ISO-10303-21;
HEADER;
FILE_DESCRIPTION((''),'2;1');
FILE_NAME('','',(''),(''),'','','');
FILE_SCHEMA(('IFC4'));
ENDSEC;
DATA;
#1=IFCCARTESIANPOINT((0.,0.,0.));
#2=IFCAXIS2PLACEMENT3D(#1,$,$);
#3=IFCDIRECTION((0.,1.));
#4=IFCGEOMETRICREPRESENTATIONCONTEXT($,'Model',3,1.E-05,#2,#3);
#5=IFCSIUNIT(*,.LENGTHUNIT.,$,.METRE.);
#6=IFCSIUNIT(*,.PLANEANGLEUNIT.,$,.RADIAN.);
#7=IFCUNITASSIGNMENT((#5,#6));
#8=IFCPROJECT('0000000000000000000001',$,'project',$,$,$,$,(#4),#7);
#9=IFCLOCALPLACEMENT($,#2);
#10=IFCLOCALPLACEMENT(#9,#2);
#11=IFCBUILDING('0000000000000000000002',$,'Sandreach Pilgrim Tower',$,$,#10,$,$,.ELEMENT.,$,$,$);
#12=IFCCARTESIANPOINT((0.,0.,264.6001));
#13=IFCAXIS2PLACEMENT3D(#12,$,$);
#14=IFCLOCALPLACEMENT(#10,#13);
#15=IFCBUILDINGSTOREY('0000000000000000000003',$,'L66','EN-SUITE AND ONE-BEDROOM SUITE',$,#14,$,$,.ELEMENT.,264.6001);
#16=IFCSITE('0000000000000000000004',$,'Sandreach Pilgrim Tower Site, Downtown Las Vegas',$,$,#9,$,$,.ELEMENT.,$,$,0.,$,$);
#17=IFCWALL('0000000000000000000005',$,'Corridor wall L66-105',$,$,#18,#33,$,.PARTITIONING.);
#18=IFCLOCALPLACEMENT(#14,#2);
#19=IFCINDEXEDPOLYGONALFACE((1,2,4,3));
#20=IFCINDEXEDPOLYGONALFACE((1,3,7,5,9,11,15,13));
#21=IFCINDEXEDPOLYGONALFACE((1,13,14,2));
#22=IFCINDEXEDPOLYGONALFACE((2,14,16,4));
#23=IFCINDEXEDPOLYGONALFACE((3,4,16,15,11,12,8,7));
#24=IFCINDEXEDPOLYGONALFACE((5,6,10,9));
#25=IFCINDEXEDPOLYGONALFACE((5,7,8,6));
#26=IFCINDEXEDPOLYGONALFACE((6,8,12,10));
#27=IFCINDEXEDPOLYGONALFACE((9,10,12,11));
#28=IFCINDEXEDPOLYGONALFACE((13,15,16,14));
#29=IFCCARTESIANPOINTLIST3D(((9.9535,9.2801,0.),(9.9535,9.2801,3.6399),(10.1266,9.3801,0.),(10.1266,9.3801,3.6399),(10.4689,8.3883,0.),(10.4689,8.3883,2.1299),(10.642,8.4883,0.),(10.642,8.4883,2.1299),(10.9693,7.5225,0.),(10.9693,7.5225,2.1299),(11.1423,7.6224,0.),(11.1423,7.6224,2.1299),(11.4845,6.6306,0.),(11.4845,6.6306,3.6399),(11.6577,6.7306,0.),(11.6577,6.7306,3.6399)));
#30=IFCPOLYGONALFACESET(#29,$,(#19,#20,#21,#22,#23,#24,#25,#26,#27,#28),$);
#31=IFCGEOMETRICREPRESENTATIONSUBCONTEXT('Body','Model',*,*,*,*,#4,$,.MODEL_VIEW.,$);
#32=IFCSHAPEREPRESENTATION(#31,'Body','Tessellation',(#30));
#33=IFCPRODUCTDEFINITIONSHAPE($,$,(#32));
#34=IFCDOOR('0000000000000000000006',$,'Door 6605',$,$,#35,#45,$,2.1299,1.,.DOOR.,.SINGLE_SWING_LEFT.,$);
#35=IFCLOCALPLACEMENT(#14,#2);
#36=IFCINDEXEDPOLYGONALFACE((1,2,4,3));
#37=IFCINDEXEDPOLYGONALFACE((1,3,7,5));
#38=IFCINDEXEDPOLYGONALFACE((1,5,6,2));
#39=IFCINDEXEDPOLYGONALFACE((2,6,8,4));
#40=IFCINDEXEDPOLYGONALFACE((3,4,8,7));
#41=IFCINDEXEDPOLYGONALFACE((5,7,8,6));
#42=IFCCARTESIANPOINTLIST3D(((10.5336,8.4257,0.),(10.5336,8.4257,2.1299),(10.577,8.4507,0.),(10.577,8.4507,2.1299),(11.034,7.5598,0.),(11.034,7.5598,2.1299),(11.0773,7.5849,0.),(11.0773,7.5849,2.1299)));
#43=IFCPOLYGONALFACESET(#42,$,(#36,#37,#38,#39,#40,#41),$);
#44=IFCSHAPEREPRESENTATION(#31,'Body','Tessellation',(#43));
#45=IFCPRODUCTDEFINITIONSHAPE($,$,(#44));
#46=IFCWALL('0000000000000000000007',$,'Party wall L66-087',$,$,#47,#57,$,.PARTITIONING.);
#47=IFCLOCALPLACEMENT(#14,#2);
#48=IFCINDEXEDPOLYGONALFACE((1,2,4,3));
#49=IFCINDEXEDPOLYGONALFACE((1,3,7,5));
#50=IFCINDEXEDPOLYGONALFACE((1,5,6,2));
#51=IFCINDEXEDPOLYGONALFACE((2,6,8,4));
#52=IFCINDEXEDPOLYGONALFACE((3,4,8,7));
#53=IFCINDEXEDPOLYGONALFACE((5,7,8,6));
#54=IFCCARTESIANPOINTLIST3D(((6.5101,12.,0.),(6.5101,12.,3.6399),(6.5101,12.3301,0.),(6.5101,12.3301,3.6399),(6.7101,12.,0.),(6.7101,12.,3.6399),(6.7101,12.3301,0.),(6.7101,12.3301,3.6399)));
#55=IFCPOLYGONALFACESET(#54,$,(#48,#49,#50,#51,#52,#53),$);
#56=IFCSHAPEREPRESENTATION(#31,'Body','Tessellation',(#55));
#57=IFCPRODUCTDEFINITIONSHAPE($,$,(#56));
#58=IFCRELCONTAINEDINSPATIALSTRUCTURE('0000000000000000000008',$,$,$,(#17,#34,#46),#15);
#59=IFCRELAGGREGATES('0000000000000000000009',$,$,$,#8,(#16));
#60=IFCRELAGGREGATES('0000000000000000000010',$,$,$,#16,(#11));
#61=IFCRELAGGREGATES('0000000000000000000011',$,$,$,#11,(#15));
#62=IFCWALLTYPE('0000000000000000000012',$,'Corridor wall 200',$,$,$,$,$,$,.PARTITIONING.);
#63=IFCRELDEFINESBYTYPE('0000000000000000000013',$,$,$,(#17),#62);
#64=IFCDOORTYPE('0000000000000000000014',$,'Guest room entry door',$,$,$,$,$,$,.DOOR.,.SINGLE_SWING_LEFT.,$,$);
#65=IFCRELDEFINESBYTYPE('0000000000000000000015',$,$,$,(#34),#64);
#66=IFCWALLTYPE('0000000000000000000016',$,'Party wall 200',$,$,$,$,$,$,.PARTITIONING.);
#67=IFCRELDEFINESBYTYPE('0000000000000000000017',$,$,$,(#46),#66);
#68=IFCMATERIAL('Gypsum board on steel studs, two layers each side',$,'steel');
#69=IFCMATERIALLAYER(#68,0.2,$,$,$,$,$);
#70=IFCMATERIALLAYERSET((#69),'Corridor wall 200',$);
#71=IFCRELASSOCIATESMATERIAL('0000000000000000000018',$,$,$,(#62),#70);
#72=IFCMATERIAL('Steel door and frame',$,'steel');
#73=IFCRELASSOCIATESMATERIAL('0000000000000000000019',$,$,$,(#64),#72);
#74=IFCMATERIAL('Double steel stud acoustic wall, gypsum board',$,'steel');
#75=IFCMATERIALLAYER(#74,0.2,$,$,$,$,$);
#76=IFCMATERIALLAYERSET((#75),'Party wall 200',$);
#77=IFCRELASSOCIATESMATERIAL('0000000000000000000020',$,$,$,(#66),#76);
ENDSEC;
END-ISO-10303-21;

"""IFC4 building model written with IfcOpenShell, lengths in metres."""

from ifc_helpers import new_model, si_unit, direction, frame, frame_2d, origin, place, context, subcontext, project, spatial, rectangle, extrude, material, layer, layer_set, type_object, element, fill, save


model = new_model("IFC4")

# Units and contexts
model_context = context("Model", 3, precision=1e-05, world=origin(), true_north=direction((0.0, 1.0)))
body_context = subcontext(model_context, "Body", "Model", "MODEL_VIEW")
ifc_project = project(units=[si_unit("LENGTHUNIT", "METRE"), si_unit("PLANEANGLEUNIT", "RADIAN")], contexts=[model_context])

# Site, building, storey
site_placement = place(None, origin())
site = spatial("IfcSite", under=ifc_project, at=site_placement, Name="Sandreach Pilgrim Tower Site, Downtown Las Vegas", CompositionType="ELEMENT", RefElevation=0.0)
building_placement = place(site_placement, origin())
building = spatial("IfcBuilding", under=site, at=building_placement, Name="Sandreach Pilgrim Tower", CompositionType="ELEMENT")
storey_placement = place(building_placement, frame((0.0, 0.0, 264.6001)))
storey = spatial("IfcBuildingStorey", under=building, at=storey_placement, Name="L66", Description="EN-SUITE AND ONE-BEDROOM SUITE", CompositionType="ELEMENT", Elevation=264.6001)

# Shared definitions
ifc_material_1 = material(Name="Gypsum board on steel studs, two layers each side", Category="steel")
ifc_layer_1 = layer(ifc_material_1, 0.2)
ifc_layer_set_1 = layer_set([ifc_layer_1], Name="Corridor wall 200")
wall_type_1 = type_object("IfcWallType", Name="Corridor wall 200", PredefinedType="PARTITIONING", material=ifc_layer_set_1)
ifc_material_2 = material(Name="Steel door and frame", Category="steel")
door_type_1 = type_object("IfcDoorType", Name="Guest room entry door", OperationType="SINGLE_SWING_LEFT", PredefinedType="DOOR", material=ifc_material_2)

# Wall, opening, door
wall_1_placement = place(storey_placement, frame((10.04, 9.3301, 0.0), z_axis=(0.0, 0.0, 1.0), x_axis=(0.500335, -0.865832, 0.0)))
wall_1 = element("IfcWall", 1, at=wall_1_placement, inside=storey, type_object=wall_type_1, Name="Corridor wall L66-105", PredefinedType="PARTITIONING", context=body_context, shape_type="SweptSolid", body=[
    extrude(rectangle(XDim=3.0601, YDim=0.2, at=frame_2d((1.53, 0.0))), origin(), (0.0, 0.0, 1.0), 3.6399),
])
opening_1_placement = place(wall_1_placement, frame((1.03, 0.0, 0.0)))
opening_1 = element("IfcOpeningElement", 2, at=opening_1_placement, cuts=wall_1, PredefinedType="OPENING", context=body_context, shape_type="SweptSolid", body=[
    extrude(rectangle(XDim=1.0, YDim=2.1299, at=frame_2d((0.5, 1.0649))), frame((0.0, 0.1001, 0.0), z_axis=(0.0, -1.0, 0.0), x_axis=(1.0, 0.0, 0.0)), (0.0, 0.0, 1.0), 0.2),
])
door_1_placement = place(opening_1_placement, origin())
door_1 = element("IfcDoor", 3, at=door_1_placement, inside=storey, type_object=door_type_1, Name="Door 6605", OperationType="SINGLE_SWING_LEFT", OverallHeight=2.1299, OverallWidth=1.0, PredefinedType="DOOR", context=body_context, shape_type="SweptSolid", body=[
    extrude(rectangle(XDim=1.0, YDim=2.1299, at=frame_2d((0.5, 1.0649))), frame((0.0, 0.0249, 0.0), z_axis=(0.0, -1.0, 0.0), x_axis=(1.0, 0.0, 0.0)), (0.0, 0.0, 1.0), 0.05),
])
fill(opening_1, door_1)

# Wall
ifc_material_3 = material(Name="Double steel stud acoustic wall, gypsum board", Category="steel")
ifc_layer_2 = layer(ifc_material_3, 0.2)
ifc_layer_set_2 = layer_set([ifc_layer_2], Name="Party wall 200")
wall_type_2 = type_object("IfcWallType", Name="Party wall 200", PredefinedType="PARTITIONING", material=ifc_layer_set_2)
wall_2_placement = place(storey_placement, frame((6.6101, 12.3301, 0.0), z_axis=(0.0, 0.0, 1.0), x_axis=(0.0, -1.0, 0.0)))
element("IfcWall", 4, at=wall_2_placement, inside=storey, type_object=wall_type_2, Name="Party wall L66-087", PredefinedType="PARTITIONING", context=body_context, shape_type="SweptSolid", body=[
    extrude(rectangle(XDim=0.3301, YDim=0.2, at=frame_2d((0.165, 0.0))), origin(), (0.0, 0.0, 1.0), 3.6399),
])

save(model, "model.ifc")
